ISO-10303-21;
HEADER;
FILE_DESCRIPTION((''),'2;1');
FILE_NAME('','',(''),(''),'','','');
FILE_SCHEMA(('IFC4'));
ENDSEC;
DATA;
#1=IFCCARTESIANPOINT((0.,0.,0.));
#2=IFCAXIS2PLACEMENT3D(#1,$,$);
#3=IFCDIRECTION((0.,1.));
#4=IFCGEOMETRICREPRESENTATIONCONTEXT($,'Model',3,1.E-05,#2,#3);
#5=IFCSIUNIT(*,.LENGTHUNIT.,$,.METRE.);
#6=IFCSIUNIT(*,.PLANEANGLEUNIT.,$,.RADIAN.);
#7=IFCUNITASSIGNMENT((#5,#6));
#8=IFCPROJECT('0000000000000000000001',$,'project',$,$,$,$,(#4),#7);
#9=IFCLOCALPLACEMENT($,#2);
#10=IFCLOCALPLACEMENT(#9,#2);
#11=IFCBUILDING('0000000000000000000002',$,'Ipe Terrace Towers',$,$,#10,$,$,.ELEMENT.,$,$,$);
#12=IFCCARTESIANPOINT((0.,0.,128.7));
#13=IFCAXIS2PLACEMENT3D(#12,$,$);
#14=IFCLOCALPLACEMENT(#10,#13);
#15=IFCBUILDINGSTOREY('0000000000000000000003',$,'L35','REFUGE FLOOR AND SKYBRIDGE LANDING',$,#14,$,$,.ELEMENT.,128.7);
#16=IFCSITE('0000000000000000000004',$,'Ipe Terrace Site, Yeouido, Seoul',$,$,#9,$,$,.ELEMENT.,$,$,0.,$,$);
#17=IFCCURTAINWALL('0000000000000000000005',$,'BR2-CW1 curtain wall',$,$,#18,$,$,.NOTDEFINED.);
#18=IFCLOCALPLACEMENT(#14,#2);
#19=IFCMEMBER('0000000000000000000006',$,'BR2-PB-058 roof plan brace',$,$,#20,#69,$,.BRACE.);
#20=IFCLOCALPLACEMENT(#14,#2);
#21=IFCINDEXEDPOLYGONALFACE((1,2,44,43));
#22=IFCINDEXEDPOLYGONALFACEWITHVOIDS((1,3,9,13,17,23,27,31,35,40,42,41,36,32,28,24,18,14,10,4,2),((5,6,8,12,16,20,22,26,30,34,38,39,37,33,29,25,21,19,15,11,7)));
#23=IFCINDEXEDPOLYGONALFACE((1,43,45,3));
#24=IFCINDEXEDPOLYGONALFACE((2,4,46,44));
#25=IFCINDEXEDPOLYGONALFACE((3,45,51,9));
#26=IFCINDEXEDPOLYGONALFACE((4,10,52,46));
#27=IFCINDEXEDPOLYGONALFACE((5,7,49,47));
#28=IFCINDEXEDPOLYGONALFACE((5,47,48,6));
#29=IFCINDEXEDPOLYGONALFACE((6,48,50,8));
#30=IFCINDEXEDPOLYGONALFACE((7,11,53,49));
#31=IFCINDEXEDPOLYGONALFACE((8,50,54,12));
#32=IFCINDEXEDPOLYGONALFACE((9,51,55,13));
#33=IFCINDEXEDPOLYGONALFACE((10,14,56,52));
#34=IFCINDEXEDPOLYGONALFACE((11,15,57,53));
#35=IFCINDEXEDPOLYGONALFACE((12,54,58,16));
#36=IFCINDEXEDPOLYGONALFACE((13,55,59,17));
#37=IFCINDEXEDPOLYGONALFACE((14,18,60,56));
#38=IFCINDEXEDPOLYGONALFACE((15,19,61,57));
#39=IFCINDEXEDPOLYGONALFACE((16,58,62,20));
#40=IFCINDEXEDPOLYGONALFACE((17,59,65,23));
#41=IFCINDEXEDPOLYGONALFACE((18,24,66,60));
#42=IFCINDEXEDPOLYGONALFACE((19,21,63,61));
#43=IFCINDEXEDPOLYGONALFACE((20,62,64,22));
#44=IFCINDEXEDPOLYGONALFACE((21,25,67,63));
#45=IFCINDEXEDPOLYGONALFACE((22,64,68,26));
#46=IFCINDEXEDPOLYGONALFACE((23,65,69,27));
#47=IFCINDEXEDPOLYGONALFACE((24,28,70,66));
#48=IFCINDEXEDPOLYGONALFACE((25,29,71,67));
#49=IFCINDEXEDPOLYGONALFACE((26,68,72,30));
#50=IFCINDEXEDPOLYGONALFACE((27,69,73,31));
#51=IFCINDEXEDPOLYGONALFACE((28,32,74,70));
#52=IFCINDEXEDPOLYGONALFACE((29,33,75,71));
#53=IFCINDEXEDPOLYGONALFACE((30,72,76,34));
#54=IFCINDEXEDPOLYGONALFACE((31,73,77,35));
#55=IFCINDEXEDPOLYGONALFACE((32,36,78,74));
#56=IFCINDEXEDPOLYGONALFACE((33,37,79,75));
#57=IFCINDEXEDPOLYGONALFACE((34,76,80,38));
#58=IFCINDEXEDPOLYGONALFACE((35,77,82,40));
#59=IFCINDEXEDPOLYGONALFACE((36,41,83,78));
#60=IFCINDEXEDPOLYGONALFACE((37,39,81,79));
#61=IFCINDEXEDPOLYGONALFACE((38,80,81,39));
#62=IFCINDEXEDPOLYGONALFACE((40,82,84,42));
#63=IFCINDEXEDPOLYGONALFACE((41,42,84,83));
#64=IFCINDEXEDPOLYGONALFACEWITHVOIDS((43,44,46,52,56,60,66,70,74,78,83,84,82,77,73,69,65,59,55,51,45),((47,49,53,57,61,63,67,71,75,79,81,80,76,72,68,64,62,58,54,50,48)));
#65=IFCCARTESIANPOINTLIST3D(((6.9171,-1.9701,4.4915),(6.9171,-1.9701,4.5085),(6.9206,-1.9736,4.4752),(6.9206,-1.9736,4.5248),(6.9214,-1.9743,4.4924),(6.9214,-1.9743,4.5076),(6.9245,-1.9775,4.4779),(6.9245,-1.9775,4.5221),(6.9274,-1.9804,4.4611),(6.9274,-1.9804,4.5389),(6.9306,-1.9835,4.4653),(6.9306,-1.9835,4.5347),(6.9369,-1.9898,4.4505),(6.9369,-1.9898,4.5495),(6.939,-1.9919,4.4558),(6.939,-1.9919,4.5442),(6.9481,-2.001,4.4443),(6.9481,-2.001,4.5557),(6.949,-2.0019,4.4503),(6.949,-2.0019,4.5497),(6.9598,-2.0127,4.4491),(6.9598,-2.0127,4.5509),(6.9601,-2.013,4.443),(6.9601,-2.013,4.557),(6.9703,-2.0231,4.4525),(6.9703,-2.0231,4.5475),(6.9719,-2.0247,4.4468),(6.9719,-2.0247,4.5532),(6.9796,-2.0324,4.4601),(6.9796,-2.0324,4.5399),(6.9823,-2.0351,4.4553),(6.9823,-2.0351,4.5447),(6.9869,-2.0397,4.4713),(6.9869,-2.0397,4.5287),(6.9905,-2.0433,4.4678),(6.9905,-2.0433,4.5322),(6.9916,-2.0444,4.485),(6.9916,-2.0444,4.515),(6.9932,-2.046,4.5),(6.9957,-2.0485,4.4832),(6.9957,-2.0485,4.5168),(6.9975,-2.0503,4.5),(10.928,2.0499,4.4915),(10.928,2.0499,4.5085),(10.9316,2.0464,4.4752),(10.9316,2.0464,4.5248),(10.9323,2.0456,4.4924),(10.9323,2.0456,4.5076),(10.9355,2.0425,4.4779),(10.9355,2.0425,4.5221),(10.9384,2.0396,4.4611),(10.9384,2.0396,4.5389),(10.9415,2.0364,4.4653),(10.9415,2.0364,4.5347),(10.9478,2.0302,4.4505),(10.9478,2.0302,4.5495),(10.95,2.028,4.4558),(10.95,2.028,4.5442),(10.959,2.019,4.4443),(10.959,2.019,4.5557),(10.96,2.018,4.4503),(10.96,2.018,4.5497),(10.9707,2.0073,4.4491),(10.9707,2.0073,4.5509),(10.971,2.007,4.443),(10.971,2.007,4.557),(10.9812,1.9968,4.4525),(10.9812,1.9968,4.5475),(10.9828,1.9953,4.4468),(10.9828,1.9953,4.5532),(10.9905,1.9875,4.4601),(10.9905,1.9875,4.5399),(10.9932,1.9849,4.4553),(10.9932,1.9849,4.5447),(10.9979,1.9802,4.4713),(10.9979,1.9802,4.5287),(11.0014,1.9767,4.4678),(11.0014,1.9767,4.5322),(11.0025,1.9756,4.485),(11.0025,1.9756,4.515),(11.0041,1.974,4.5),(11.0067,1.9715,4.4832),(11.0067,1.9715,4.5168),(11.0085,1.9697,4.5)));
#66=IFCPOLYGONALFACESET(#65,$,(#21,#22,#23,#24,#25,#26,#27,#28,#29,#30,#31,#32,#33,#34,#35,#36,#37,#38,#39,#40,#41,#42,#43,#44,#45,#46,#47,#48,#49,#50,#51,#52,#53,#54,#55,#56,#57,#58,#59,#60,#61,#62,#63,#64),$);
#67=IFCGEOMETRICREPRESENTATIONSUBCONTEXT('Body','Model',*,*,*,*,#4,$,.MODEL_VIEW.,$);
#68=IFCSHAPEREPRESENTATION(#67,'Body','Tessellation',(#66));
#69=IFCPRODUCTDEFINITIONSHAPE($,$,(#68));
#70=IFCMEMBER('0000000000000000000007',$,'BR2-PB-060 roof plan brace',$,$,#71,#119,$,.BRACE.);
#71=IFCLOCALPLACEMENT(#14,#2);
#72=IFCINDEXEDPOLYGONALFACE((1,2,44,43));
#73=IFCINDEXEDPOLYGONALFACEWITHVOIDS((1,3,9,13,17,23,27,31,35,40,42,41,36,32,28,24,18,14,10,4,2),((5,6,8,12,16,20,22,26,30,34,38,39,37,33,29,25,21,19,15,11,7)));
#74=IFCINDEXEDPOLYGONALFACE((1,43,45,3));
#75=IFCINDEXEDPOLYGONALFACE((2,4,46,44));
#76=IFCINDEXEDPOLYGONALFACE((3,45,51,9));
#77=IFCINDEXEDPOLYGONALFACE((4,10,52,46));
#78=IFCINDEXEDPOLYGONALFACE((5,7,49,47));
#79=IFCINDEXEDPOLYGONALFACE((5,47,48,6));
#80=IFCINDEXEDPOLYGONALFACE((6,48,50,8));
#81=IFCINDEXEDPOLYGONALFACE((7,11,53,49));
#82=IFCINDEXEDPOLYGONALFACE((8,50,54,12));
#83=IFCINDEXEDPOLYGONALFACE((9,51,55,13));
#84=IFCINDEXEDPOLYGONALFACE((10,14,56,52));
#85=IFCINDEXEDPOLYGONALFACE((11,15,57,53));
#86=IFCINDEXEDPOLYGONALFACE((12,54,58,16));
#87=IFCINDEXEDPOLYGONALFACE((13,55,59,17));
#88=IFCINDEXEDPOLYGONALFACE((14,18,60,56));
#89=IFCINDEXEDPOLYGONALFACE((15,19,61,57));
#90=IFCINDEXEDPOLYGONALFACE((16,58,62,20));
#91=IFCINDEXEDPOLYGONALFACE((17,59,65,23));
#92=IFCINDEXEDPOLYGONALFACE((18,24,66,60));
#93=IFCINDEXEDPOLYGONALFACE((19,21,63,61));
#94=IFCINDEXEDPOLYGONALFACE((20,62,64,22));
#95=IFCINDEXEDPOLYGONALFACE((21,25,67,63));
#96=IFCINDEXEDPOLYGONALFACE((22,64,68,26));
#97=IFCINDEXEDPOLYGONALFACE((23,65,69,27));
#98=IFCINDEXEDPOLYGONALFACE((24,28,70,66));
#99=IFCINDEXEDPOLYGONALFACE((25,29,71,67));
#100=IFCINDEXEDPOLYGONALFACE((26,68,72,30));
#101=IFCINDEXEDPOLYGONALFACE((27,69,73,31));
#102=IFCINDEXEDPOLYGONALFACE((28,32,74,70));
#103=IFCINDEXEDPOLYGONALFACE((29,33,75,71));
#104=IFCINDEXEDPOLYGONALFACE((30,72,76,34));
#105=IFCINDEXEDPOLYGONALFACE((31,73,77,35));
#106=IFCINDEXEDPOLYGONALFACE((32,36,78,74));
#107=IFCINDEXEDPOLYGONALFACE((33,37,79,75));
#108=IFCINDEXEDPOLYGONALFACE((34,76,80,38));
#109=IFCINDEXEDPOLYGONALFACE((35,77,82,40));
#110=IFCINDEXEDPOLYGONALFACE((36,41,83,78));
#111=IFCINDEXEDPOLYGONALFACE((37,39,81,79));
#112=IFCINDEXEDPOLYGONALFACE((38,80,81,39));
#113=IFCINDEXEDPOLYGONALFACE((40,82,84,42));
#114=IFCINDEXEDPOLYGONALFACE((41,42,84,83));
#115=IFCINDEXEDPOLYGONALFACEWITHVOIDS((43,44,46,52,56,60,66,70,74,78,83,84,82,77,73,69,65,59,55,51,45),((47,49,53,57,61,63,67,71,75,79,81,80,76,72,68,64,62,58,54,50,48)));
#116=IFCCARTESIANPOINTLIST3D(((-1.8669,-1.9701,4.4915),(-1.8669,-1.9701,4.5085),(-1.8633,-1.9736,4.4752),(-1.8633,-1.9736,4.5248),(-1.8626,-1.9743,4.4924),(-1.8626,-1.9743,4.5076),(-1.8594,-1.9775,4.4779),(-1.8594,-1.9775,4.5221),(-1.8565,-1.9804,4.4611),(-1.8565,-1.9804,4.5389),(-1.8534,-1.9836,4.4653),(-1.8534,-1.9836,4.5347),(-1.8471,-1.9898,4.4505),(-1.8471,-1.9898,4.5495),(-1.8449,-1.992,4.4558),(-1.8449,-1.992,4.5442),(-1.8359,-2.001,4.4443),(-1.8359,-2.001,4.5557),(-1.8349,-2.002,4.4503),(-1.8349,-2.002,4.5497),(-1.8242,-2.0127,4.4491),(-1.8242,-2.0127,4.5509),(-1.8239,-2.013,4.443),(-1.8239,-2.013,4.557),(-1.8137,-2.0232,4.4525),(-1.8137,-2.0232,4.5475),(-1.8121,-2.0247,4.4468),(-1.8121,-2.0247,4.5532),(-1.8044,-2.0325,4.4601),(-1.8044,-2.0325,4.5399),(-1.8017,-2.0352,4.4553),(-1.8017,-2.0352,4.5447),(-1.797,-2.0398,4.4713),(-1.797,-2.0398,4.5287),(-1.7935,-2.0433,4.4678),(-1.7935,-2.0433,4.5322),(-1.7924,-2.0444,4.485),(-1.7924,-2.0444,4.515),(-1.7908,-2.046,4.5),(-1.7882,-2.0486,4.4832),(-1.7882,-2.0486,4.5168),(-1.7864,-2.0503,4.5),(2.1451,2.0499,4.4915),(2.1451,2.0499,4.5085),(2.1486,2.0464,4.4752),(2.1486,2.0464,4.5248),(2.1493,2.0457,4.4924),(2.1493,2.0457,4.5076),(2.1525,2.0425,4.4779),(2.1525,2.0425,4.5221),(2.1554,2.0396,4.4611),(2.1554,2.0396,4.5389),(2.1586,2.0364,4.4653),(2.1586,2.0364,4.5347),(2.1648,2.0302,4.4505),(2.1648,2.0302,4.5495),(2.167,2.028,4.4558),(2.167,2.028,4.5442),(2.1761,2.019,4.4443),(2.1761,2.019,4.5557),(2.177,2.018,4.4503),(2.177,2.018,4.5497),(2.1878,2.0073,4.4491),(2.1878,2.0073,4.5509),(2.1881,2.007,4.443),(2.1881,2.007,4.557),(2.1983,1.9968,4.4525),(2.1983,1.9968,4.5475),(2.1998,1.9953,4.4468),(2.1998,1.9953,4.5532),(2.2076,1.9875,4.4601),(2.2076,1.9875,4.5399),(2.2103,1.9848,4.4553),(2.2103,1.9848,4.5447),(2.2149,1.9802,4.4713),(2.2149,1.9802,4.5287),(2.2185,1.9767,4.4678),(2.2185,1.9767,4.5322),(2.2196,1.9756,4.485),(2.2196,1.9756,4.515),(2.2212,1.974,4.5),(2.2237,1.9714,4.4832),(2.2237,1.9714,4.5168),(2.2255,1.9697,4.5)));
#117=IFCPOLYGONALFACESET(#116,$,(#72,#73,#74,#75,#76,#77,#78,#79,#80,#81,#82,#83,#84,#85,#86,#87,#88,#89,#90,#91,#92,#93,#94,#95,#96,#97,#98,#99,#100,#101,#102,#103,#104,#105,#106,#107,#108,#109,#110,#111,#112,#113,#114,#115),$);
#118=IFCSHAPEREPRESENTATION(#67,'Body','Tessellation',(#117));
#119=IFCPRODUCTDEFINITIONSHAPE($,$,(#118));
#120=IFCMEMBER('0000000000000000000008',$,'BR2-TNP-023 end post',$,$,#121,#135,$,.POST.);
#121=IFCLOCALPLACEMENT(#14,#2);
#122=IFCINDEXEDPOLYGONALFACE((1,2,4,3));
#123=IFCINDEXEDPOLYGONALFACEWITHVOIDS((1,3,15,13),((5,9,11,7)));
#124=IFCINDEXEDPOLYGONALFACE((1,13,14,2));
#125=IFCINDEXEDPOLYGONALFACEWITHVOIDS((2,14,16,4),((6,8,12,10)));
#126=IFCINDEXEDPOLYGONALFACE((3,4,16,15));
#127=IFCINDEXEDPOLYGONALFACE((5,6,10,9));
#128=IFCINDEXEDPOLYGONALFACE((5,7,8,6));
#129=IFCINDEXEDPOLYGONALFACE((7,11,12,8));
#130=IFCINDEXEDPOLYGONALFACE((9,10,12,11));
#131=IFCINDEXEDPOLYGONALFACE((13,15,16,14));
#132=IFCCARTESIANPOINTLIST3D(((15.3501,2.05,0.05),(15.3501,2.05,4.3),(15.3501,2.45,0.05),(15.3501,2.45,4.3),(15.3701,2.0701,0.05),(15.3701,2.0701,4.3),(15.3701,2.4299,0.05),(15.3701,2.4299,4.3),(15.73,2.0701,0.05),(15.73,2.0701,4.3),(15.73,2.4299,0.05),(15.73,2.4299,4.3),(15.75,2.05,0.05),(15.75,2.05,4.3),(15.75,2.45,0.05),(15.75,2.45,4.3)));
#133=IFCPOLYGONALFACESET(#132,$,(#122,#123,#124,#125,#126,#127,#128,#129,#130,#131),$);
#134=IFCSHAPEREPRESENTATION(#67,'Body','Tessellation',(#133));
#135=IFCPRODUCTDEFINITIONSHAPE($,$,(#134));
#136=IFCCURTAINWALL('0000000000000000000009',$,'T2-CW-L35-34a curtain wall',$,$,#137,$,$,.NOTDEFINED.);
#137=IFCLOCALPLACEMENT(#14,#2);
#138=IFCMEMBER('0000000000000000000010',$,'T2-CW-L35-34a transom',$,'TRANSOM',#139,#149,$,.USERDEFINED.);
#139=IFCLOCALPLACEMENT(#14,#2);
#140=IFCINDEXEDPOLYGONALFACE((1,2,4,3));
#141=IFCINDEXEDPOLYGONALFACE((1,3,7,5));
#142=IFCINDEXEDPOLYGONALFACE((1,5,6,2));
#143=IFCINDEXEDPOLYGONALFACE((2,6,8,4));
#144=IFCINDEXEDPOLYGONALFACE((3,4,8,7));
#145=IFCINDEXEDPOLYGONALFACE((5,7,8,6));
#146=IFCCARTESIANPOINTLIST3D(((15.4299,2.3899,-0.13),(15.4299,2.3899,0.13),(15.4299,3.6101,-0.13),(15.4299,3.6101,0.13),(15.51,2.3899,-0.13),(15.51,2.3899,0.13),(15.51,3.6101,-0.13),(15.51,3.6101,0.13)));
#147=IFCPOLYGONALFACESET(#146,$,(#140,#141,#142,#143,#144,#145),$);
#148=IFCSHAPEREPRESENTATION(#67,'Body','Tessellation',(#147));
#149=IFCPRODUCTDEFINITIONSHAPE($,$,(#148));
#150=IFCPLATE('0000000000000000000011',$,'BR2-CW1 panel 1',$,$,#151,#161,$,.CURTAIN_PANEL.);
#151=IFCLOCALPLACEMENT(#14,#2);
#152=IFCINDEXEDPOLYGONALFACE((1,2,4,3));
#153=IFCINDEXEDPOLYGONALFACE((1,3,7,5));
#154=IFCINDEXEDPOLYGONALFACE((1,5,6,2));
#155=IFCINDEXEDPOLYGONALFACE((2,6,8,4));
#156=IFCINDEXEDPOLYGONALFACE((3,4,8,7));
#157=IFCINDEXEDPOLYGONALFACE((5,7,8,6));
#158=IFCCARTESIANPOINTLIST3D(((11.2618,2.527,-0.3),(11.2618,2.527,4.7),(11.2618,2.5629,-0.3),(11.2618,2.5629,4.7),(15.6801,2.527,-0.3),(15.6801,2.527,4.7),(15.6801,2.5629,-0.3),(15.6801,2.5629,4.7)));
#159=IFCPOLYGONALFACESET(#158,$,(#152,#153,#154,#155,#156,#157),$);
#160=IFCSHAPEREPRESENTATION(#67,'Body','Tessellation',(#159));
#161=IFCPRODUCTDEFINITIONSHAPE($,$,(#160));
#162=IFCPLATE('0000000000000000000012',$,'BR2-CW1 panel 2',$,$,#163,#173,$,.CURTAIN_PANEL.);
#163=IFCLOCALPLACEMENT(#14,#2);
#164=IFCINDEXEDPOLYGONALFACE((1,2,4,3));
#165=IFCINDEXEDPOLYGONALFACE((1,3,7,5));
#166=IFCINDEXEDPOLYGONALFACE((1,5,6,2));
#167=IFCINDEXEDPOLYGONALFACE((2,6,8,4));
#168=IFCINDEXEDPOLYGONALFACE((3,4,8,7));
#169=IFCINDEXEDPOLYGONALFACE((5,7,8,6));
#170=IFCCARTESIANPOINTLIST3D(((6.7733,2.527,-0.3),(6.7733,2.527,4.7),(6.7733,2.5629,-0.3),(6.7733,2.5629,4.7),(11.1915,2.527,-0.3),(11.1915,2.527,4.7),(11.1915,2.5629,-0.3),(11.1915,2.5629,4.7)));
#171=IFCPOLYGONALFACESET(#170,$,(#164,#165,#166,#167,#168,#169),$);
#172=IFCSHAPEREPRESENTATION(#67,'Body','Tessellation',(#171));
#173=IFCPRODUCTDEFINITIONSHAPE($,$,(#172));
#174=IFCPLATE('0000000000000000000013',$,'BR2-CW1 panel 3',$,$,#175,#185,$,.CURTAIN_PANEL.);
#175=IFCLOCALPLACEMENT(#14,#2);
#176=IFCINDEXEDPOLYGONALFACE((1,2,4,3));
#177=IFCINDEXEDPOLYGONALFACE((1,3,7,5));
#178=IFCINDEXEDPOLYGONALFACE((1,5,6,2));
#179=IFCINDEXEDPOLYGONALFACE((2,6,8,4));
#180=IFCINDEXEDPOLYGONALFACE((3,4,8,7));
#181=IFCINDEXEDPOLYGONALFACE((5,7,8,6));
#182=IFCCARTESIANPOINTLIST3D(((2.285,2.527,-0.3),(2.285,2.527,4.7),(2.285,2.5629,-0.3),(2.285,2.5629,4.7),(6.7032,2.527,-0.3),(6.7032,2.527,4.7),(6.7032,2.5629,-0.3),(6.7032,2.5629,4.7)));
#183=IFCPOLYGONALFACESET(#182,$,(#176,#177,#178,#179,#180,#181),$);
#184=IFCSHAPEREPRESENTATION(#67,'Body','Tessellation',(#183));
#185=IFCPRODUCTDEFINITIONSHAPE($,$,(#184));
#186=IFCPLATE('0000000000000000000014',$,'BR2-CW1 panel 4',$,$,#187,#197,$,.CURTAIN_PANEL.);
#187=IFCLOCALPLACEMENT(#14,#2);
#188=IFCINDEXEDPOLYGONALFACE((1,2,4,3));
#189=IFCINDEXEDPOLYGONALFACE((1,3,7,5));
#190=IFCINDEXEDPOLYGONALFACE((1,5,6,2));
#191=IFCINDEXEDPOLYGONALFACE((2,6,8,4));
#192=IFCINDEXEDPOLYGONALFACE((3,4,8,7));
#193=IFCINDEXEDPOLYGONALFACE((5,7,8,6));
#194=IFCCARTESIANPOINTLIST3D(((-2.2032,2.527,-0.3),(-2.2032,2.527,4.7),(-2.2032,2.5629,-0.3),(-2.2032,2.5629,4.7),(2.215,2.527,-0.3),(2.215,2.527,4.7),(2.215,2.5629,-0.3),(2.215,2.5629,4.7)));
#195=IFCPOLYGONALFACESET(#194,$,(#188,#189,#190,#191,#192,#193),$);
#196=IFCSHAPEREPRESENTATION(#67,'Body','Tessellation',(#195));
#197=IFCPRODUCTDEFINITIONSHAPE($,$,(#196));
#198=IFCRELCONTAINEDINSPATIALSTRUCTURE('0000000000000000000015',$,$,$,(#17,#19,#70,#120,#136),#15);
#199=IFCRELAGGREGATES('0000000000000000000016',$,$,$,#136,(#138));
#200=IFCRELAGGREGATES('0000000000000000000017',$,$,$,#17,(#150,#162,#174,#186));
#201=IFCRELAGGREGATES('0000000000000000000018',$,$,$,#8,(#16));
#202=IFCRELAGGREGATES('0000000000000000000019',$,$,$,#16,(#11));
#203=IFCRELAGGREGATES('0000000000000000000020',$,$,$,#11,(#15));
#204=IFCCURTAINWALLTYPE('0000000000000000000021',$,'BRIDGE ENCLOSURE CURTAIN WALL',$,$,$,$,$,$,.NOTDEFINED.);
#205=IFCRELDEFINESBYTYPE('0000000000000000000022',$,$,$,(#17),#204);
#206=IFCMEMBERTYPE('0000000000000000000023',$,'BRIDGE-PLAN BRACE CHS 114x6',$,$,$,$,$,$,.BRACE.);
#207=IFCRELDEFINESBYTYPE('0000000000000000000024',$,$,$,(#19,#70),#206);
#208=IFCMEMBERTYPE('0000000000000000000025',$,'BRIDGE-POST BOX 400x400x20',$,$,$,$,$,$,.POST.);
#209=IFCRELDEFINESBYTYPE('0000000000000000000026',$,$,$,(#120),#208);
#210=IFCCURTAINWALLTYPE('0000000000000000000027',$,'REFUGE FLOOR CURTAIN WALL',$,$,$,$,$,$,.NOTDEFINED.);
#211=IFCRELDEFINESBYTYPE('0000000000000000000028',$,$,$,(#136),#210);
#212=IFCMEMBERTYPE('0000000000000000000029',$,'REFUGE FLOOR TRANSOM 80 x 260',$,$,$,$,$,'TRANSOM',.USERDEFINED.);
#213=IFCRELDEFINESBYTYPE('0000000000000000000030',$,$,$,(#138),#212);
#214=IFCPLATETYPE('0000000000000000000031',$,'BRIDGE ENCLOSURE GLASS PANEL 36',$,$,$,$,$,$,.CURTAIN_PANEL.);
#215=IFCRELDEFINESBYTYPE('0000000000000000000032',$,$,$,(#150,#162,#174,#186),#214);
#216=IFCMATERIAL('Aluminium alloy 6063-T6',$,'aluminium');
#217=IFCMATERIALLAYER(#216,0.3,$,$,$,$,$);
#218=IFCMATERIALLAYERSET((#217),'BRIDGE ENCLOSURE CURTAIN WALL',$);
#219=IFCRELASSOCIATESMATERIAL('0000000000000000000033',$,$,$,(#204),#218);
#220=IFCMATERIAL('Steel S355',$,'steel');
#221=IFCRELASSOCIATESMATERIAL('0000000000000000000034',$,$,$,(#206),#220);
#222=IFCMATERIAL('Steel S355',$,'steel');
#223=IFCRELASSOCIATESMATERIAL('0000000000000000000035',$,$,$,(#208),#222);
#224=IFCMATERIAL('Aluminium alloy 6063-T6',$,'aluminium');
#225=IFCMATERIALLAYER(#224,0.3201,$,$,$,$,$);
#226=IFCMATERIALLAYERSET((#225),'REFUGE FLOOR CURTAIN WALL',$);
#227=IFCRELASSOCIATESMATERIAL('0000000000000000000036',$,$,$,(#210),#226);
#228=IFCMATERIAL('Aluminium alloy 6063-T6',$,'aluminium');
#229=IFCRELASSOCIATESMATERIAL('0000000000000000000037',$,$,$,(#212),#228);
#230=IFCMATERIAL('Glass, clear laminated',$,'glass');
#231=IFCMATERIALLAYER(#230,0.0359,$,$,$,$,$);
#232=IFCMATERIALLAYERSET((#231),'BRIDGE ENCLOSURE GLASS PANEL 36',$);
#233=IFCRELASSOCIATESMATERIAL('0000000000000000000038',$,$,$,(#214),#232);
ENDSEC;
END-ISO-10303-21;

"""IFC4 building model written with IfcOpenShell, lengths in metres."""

from ifc_helpers import new_model, si_unit, direction, frame, origin, origin_2d, place, context, subcontext, project, spatial, rectangle, hollow_rectangle, hollow_circle, extrude, material, layer, layer_set, material_profile, profile_set, type_object, element, aggregate, save


model = new_model("IFC4")

# Units and contexts
model_context = context("Model", 3, precision=1e-05, world=origin(), true_north=direction((0.0, 1.0)))
body_context = subcontext(model_context, "Body", "Model", "MODEL_VIEW")
ifc_project = project(units=[si_unit("LENGTHUNIT", "METRE"), si_unit("PLANEANGLEUNIT", "RADIAN")], contexts=[model_context])

# Site, building, storey
site_placement = place(None, origin())
site = spatial("IfcSite", under=ifc_project, at=site_placement, Name="Ipe Terrace Site, Yeouido, Seoul", CompositionType="ELEMENT", RefElevation=0.0)
building_placement = place(site_placement, origin())
building = spatial("IfcBuilding", under=site, at=building_placement, Name="Ipe Terrace Towers", CompositionType="ELEMENT")
storey_placement = place(building_placement, frame((0.0, 0.0, 128.7)))
storey = spatial("IfcBuildingStorey", under=building, at=storey_placement, Name="L35", Description="REFUGE FLOOR AND SKYBRIDGE LANDING", CompositionType="ELEMENT", Elevation=128.7)

# Curtain wall
ifc_material_1 = material(Name="Aluminium alloy 6063-T6", Category="aluminium")
ifc_layer_1 = layer(ifc_material_1, 0.3)
ifc_layer_set_1 = layer_set([ifc_layer_1], Name="BRIDGE ENCLOSURE CURTAIN WALL")
curtain_wall_type_1 = type_object("IfcCurtainWallType", Name="BRIDGE ENCLOSURE CURTAIN WALL", PredefinedType="NOTDEFINED", material=ifc_layer_set_1)
curtain_wall_1_placement = place(storey_placement, origin())
curtain_wall_1 = element("IfcCurtainWall", 1, at=curtain_wall_1_placement, inside=storey, type_object=curtain_wall_type_1, Name="BR2-CW1 curtain wall", PredefinedType="NOTDEFINED")

# Members
ifc_material_2 = material(Name="Steel S355", Category="steel")
ifc_material_profile_1 = material_profile(ifc_material_2, hollow_circle(Radius=0.0571, WallThickness=0.0061, at=origin_2d()), Name="BRIDGE-PLAN BRACE CHS 114x6")
ifc_profile_set_1 = profile_set([ifc_material_profile_1], Name="Steel S355")
member_type_1 = type_object("IfcMemberType", Name="BRIDGE-PLAN BRACE CHS 114x6", PredefinedType="BRACE", material=ifc_profile_set_1)
member_1_placement = place(storey_placement, frame((10.968, 2.01, 4.5), z_axis=(-0.706311, -0.707902, 0.0), x_axis=(0.707902, -0.706311, 0.0)))
element("IfcMember", 2, at=member_1_placement, inside=storey, type_object=member_type_1, Name="BR2-PB-058 roof plan brace", PredefinedType="BRACE", context=body_context, shape_type="SweptSolid", body=[
    extrude(hollow_circle(Radius=0.0571, WallThickness=0.0061, at=origin_2d()), origin(), (0.0, 0.0, 1.0), 5.6787),
])
member_2_placement = place(storey_placement, frame((2.1851, 2.01, 4.5), z_axis=(-0.706397, -0.707816, 0.0), x_axis=(0.707816, -0.706397, 0.0)))
element("IfcMember", 3, at=member_2_placement, inside=storey, type_object=member_type_1, Name="BR2-PB-060 roof plan brace", PredefinedType="BRACE", context=body_context, shape_type="SweptSolid", body=[
    extrude(hollow_circle(Radius=0.0571, WallThickness=0.0061, at=origin_2d()), origin(), (0.0, 0.0, 1.0), 5.6794),
])
ifc_material_3 = material(Name="Steel S355", Category="steel")
ifc_material_profile_2 = material_profile(ifc_material_3, hollow_rectangle(XDim=0.3999, YDim=0.3999, WallThickness=0.02, at=origin_2d()), Name="BRIDGE-POST BOX 400x400x20")
ifc_profile_set_2 = profile_set([ifc_material_profile_2], Name="Steel S355")
member_type_2 = type_object("IfcMemberType", Name="BRIDGE-POST BOX 400x400x20", PredefinedType="POST", material=ifc_profile_set_2)
member_3_placement = place(storey_placement, frame((15.55, 2.25, 0.05), z_axis=(0.0, 0.0, 1.0), x_axis=(1.0, 0.0, 0.0)))
element("IfcMember", 4, at=member_3_placement, inside=storey, type_object=member_type_2, Name="BR2-TNP-023 end post", PredefinedType="POST", context=body_context, shape_type="SweptSolid", body=[
    extrude(hollow_rectangle(XDim=0.3999, YDim=0.3999, WallThickness=0.02, at=origin_2d()), origin(), (0.0, 0.0, 1.0), 4.25),
])

# Curtain wall, member
ifc_material_4 = material(Name="Aluminium alloy 6063-T6", Category="aluminium")
ifc_layer_2 = layer(ifc_material_4, 0.3201)
ifc_layer_set_2 = layer_set([ifc_layer_2], Name="REFUGE FLOOR CURTAIN WALL")
curtain_wall_type_2 = type_object("IfcCurtainWallType", Name="REFUGE FLOOR CURTAIN WALL", PredefinedType="NOTDEFINED", material=ifc_layer_set_2)
curtain_wall_2_placement = place(storey_placement, origin())
curtain_wall_2 = element("IfcCurtainWall", 5, at=curtain_wall_2_placement, inside=storey, type_object=curtain_wall_type_2, Name="T2-CW-L35-34a curtain wall", PredefinedType="NOTDEFINED")
ifc_material_5 = material(Name="Aluminium alloy 6063-T6", Category="aluminium")
ifc_material_profile_3 = material_profile(ifc_material_5, rectangle(XDim=0.0801, YDim=0.26, at=origin_2d()), Name="REFUGE FLOOR TRANSOM 80 x 260")
ifc_profile_set_3 = profile_set([ifc_material_profile_3], Name="Aluminium alloy 6063-T6")
member_type_3 = type_object("IfcMemberType", Name="REFUGE FLOOR TRANSOM 80 x 260", ElementType="TRANSOM", PredefinedType="USERDEFINED", material=ifc_profile_set_3)
member_4_placement = place(storey_placement, frame((15.47, 3.6101, 0.0), z_axis=(0.0, -1.0, 0.0), x_axis=(-1.0, 0.0, 0.0)))
member_4 = element("IfcMember", 6, at=member_4_placement, type_object=member_type_3, Name="T2-CW-L35-34a transom", ObjectType="TRANSOM", PredefinedType="USERDEFINED", context=body_context, shape_type="SweptSolid", body=[
    extrude(rectangle(XDim=0.0801, YDim=0.26, at=origin_2d()), origin(), (0.0, 0.0, 1.0), 1.2202),
])
aggregate(curtain_wall_2, [member_4])

# Plates
ifc_material_6 = material(Name="Glass, clear laminated", Category="glass")
ifc_layer_3 = layer(ifc_material_6, 0.0359)
ifc_layer_set_3 = layer_set([ifc_layer_3], Name="BRIDGE ENCLOSURE GLASS PANEL 36")
plate_type = type_object("IfcPlateType", Name="BRIDGE ENCLOSURE GLASS PANEL 36", PredefinedType="CURTAIN_PANEL", material=ifc_layer_set_3)
plate_1_placement = place(storey_placement, frame((13.4709, 2.5449, -0.3), z_axis=(0.0, 0.0, 1.0), x_axis=(-1.0, 0.0, 0.0)))
plate_1 = element("IfcPlate", 7, at=plate_1_placement, type_object=plate_type, Name="BR2-CW1 panel 1", PredefinedType="CURTAIN_PANEL", context=body_context, shape_type="SweptSolid", body=[
    extrude(rectangle(XDim=4.4182, YDim=0.0359, at=origin_2d()), origin(), (0.0, 0.0, 1.0), 5.0),
])
plate_2_placement = place(storey_placement, frame((8.9824, 2.5449, -0.3), z_axis=(0.0, 0.0, 1.0), x_axis=(-1.0, 0.0, 0.0)))
plate_2 = element("IfcPlate", 8, at=plate_2_placement, type_object=plate_type, Name="BR2-CW1 panel 2", PredefinedType="CURTAIN_PANEL", context=body_context, shape_type="SweptSolid", body=[
    extrude(rectangle(XDim=4.4182, YDim=0.0359, at=origin_2d()), origin(), (0.0, 0.0, 1.0), 5.0),
])
plate_3_placement = place(storey_placement, frame((4.4941, 2.5449, -0.3), z_axis=(0.0, 0.0, 1.0), x_axis=(-1.0, 0.0, 0.0)))
plate_3 = element("IfcPlate", 9, at=plate_3_placement, type_object=plate_type, Name="BR2-CW1 panel 3", PredefinedType="CURTAIN_PANEL", context=body_context, shape_type="SweptSolid", body=[
    extrude(rectangle(XDim=4.4182, YDim=0.0359, at=origin_2d()), origin(), (0.0, 0.0, 1.0), 5.0),
])
plate_4_placement = place(storey_placement, frame((0.0059, 2.5449, -0.3), z_axis=(0.0, 0.0, 1.0), x_axis=(-1.0, 0.0, 0.0)))
plate_4 = element("IfcPlate", 10, at=plate_4_placement, type_object=plate_type, Name="BR2-CW1 panel 4", PredefinedType="CURTAIN_PANEL", context=body_context, shape_type="SweptSolid", body=[
    extrude(rectangle(XDim=4.4182, YDim=0.0359, at=origin_2d()), origin(), (0.0, 0.0, 1.0), 5.0),
])
aggregate(curtain_wall_1, [plate_1, plate_2, plate_3, plate_4])

save(model, "model.ifc")
